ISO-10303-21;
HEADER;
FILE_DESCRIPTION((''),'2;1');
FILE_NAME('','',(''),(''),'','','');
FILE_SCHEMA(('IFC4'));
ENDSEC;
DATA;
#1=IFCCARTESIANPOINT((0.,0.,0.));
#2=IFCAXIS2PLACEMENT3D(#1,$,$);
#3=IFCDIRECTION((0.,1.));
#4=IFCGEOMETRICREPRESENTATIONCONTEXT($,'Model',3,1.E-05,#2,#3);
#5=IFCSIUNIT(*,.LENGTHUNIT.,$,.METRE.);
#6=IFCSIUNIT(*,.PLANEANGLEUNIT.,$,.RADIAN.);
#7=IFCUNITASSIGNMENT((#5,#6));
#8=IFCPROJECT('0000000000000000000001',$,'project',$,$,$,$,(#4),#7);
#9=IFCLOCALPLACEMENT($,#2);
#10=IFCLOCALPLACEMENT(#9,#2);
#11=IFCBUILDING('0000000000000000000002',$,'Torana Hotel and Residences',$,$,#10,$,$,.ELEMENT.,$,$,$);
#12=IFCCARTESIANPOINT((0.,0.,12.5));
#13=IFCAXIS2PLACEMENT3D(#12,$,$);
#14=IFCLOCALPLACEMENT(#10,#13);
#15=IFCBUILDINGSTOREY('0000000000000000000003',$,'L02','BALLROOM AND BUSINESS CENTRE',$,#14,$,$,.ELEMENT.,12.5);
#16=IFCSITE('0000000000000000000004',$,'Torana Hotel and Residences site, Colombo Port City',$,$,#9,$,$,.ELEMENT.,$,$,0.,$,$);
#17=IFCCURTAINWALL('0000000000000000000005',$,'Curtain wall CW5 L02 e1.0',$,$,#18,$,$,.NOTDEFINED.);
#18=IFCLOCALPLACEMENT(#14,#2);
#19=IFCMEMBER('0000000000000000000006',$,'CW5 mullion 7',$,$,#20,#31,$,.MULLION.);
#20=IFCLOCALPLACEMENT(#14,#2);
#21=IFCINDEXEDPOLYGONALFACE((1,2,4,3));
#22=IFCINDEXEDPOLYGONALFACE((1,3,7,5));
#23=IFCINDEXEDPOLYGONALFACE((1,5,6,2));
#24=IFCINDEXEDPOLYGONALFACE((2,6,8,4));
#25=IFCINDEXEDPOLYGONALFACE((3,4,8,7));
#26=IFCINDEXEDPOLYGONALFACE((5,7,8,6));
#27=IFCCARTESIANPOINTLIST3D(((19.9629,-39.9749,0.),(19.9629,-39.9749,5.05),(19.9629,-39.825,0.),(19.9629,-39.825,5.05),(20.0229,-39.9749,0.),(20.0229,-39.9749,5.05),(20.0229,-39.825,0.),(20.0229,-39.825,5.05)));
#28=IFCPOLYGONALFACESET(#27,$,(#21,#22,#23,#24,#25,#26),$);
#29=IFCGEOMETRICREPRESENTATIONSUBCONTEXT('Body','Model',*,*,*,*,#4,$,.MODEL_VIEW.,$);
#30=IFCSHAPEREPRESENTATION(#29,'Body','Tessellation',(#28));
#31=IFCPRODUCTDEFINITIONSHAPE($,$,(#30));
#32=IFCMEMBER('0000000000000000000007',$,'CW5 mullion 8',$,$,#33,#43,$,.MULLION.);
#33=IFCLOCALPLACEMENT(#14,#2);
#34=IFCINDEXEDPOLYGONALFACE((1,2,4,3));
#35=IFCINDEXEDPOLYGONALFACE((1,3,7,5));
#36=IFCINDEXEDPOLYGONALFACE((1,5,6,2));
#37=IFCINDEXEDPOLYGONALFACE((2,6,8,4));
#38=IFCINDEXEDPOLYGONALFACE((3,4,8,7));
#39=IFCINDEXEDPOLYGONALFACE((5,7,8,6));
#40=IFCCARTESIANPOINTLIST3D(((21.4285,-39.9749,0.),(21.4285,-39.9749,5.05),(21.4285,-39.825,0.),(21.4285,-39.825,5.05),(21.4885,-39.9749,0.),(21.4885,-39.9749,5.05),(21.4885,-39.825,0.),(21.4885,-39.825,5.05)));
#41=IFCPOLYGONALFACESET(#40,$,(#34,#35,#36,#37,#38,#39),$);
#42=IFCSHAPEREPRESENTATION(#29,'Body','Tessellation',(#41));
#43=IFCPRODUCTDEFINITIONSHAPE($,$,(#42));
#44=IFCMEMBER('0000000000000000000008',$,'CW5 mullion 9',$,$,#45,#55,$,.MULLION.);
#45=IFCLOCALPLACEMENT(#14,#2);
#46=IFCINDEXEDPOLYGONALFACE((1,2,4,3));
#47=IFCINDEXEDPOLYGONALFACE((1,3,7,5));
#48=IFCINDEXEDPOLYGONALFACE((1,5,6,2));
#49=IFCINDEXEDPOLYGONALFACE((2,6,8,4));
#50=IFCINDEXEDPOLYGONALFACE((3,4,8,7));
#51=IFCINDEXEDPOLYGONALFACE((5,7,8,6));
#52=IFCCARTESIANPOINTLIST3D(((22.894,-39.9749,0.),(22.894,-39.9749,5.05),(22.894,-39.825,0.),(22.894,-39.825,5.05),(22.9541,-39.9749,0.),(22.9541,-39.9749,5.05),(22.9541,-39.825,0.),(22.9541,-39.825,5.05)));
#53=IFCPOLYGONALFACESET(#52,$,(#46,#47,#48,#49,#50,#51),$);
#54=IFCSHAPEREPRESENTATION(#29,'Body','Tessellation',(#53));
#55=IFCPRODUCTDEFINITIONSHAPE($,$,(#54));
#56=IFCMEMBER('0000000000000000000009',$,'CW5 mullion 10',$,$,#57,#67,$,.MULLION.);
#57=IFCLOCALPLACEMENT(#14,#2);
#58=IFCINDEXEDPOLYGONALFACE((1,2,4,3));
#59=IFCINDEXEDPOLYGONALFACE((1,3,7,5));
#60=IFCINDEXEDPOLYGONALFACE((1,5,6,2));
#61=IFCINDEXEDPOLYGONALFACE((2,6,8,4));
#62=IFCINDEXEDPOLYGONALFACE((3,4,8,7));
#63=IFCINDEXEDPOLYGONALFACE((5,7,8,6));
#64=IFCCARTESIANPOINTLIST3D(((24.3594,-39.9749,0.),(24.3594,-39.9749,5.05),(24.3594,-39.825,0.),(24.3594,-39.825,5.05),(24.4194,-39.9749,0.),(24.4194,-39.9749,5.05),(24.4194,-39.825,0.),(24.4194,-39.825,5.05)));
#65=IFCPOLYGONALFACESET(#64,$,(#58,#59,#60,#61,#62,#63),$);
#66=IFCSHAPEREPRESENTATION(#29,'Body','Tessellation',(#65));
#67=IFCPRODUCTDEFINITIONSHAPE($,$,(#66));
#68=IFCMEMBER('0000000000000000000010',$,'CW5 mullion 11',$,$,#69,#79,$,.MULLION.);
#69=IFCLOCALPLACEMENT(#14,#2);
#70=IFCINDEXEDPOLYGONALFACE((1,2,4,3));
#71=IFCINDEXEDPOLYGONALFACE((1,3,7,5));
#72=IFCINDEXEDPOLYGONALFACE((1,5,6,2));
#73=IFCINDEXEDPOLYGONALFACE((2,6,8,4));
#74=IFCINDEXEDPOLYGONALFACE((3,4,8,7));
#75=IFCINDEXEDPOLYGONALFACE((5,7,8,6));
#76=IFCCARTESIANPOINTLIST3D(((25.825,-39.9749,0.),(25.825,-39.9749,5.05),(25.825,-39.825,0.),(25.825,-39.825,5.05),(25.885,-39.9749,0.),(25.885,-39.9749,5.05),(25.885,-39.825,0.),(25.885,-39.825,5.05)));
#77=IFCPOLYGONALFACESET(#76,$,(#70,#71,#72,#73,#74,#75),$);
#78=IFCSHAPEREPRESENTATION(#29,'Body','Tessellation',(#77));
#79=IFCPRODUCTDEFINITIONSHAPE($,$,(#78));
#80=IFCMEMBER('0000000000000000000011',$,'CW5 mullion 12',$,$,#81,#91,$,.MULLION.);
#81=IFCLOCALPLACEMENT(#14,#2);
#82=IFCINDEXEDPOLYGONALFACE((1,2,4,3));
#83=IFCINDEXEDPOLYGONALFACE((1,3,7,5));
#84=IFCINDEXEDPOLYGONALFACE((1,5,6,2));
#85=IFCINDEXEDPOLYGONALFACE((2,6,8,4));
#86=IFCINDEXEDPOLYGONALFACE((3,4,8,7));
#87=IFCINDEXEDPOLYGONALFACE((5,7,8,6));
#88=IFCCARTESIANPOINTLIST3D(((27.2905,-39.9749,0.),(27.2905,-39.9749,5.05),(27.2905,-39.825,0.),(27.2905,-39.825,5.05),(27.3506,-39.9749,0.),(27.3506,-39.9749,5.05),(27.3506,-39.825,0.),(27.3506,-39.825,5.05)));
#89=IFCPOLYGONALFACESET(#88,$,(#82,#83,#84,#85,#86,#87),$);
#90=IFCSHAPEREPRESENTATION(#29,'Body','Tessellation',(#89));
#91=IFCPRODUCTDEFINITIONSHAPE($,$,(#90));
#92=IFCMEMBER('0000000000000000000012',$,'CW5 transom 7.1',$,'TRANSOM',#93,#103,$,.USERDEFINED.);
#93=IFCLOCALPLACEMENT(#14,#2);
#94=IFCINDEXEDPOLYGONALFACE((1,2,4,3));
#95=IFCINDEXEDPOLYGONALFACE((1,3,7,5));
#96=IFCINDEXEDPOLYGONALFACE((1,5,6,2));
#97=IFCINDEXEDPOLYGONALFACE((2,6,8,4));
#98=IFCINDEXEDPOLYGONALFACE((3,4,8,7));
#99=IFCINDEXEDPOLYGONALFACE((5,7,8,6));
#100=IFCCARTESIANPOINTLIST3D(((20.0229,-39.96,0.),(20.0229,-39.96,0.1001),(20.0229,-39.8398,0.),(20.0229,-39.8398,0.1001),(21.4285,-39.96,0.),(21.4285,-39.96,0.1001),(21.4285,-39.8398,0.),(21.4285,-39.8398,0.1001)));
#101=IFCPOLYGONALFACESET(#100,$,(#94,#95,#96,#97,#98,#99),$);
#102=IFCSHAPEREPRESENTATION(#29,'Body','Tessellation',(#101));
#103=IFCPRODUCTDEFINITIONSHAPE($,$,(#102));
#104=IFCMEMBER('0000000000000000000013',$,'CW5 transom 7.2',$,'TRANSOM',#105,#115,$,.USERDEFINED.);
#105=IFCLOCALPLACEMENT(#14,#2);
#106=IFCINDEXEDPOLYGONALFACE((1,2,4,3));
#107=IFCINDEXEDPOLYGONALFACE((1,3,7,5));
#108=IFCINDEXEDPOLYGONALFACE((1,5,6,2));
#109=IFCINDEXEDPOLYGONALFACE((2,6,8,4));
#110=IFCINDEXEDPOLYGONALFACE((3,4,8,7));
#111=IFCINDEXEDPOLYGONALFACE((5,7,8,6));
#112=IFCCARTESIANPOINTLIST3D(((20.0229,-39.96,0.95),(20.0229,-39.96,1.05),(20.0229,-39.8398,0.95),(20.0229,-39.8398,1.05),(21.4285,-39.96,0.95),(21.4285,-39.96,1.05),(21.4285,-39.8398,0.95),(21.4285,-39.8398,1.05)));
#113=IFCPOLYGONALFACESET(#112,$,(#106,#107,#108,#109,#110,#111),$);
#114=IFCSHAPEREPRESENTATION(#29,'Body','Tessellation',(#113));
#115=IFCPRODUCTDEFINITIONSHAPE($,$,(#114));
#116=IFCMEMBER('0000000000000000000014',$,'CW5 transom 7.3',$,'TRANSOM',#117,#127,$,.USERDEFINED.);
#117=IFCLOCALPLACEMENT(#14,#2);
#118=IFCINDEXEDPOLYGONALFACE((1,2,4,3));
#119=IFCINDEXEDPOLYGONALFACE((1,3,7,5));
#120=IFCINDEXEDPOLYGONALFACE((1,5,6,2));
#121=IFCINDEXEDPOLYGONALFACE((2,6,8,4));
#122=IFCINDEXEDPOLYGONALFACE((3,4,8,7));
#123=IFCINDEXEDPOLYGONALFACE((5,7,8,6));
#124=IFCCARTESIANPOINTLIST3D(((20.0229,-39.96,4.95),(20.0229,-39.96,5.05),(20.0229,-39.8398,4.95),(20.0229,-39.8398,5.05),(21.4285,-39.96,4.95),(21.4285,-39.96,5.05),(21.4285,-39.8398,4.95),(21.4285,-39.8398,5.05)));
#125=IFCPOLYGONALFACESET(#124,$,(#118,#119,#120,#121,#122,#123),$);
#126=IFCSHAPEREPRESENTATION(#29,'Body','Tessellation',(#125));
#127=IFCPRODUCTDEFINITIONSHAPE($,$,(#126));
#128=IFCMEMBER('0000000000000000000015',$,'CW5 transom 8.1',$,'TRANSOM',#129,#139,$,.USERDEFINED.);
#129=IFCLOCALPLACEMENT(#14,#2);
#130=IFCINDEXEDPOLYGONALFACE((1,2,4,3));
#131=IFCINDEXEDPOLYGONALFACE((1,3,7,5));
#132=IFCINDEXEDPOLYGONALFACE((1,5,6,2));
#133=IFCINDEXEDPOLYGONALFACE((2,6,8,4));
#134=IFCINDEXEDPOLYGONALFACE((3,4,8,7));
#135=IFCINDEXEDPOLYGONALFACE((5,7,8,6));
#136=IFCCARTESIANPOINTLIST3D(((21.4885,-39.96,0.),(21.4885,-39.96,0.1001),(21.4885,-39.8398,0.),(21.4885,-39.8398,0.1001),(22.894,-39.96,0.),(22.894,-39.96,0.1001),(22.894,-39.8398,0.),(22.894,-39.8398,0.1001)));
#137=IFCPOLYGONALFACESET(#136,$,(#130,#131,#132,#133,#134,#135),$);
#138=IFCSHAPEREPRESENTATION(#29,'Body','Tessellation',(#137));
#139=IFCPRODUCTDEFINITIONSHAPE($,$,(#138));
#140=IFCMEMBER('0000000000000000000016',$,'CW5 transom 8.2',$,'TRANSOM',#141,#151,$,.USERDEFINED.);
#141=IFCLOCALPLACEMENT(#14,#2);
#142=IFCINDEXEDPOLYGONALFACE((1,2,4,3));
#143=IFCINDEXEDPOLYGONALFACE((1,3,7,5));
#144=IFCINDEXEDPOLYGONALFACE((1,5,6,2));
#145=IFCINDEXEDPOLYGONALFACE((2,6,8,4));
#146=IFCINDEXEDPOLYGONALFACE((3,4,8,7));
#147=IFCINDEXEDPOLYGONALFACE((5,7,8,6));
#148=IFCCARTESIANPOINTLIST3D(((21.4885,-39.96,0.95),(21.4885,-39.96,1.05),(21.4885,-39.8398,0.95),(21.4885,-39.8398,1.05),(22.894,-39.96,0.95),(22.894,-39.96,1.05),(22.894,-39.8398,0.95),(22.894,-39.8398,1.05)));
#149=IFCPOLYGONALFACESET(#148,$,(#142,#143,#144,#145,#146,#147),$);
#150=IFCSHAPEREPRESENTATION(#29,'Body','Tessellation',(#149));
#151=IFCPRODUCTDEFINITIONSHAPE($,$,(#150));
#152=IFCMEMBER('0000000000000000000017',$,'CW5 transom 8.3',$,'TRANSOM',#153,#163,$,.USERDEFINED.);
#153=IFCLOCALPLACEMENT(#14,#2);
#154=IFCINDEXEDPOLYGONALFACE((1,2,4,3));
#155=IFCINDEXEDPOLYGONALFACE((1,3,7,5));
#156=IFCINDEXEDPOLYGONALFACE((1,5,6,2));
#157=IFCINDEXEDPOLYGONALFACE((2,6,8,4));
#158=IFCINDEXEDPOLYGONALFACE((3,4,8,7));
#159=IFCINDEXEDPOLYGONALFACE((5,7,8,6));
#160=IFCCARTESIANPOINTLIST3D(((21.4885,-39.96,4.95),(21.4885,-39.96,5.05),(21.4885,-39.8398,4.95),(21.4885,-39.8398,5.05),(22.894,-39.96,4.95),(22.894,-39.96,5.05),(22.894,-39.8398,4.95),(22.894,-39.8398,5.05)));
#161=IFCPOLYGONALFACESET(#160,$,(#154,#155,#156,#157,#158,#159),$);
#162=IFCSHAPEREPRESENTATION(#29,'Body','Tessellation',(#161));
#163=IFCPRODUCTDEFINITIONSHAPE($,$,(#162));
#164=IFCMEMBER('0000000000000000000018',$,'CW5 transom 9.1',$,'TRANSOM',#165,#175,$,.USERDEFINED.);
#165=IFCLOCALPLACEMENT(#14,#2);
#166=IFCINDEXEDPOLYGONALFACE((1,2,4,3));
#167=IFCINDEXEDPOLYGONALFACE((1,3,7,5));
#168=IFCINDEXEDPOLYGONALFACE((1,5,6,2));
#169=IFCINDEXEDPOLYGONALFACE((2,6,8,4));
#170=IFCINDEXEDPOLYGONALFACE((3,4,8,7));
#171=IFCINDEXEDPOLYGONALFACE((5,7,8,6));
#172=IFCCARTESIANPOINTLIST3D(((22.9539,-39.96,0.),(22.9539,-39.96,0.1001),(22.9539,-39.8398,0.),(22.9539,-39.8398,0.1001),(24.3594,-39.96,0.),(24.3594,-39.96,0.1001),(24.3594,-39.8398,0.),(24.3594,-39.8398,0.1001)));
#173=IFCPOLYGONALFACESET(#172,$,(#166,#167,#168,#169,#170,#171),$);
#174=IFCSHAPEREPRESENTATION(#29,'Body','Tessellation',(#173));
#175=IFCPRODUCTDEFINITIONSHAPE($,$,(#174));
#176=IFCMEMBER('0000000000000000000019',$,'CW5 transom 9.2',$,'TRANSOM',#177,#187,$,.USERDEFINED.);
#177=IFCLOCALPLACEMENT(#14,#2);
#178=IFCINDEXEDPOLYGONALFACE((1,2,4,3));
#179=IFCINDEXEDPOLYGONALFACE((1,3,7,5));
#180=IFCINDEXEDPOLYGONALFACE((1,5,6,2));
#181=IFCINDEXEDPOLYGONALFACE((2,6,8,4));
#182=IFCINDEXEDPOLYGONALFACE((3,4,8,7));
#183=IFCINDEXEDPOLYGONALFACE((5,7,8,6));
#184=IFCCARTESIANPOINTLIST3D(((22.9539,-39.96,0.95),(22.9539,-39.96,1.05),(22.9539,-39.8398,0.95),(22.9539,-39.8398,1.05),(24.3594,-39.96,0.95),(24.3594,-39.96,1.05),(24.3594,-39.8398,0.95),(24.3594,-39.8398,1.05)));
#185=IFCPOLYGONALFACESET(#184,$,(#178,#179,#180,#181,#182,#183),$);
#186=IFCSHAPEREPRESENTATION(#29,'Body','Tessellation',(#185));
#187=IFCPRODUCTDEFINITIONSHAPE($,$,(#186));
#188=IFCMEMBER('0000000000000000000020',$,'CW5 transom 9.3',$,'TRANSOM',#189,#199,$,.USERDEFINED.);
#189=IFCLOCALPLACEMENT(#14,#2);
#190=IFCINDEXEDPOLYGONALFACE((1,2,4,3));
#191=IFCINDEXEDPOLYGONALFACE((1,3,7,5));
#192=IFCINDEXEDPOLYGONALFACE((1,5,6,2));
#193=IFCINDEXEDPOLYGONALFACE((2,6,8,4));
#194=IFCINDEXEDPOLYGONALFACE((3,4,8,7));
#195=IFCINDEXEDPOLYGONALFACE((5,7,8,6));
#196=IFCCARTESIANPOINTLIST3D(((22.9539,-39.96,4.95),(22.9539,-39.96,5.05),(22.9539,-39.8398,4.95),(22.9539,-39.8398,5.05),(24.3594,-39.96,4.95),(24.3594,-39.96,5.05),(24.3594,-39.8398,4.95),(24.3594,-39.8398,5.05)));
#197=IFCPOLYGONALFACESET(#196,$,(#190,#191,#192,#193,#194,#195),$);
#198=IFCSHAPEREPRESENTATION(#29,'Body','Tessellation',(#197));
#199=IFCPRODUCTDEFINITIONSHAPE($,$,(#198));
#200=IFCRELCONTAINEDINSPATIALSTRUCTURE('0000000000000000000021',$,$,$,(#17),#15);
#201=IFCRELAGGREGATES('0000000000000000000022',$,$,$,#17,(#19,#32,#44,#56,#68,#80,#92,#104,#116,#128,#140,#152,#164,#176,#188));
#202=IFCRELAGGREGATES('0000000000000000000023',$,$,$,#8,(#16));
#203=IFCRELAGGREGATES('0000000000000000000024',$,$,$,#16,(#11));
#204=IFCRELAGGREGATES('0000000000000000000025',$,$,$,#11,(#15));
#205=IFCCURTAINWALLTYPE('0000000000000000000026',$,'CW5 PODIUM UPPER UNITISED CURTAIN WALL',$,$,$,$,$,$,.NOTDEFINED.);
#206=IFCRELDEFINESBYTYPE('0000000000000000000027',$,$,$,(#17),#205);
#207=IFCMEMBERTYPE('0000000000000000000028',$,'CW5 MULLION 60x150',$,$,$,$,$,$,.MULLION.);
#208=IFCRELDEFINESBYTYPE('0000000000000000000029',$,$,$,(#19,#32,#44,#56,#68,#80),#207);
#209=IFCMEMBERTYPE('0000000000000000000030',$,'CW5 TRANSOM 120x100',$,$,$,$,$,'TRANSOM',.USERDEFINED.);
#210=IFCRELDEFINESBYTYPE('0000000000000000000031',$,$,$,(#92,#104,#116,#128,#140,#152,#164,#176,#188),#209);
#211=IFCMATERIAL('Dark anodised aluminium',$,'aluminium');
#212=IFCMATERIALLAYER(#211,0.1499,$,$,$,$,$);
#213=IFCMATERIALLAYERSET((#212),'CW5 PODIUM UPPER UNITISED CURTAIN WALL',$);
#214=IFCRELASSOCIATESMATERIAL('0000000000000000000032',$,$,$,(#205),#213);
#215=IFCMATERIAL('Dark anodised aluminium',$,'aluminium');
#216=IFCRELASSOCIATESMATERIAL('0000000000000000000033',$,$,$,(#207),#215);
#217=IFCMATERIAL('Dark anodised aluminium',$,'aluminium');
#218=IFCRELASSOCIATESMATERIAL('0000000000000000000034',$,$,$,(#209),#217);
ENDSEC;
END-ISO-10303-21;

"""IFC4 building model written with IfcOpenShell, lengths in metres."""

from ifc_helpers import new_model, si_unit, direction, frame, origin, origin_2d, place, context, subcontext, project, spatial, rectangle, extrude, material, layer, layer_set, material_profile, profile_set, type_object, element, aggregate, save


model = new_model("IFC4")

# Units and contexts
model_context = context("Model", 3, precision=1e-05, world=origin(), true_north=direction((0.0, 1.0)))
body_context = subcontext(model_context, "Body", "Model", "MODEL_VIEW")
ifc_project = project(units=[si_unit("LENGTHUNIT", "METRE"), si_unit("PLANEANGLEUNIT", "RADIAN")], contexts=[model_context])

# Site, building, storey
site_placement = place(None, origin())
site = spatial("IfcSite", under=ifc_project, at=site_placement, Name="Torana Hotel and Residences site, Colombo Port City", CompositionType="ELEMENT", RefElevation=0.0)
building_placement = place(site_placement, origin())
building = spatial("IfcBuilding", under=site, at=building_placement, Name="Torana Hotel and Residences", CompositionType="ELEMENT")
storey_placement = place(building_placement, frame((0.0, 0.0, 12.5)))
storey = spatial("IfcBuildingStorey", under=building, at=storey_placement, Name="L02", Description="BALLROOM AND BUSINESS CENTRE", CompositionType="ELEMENT", Elevation=12.5)

# Curtain wall, members
ifc_material_1 = material(Name="Dark anodised aluminium", Category="aluminium")
ifc_layer_1 = layer(ifc_material_1, 0.1499)
ifc_layer_set_1 = layer_set([ifc_layer_1], Name="CW5 PODIUM UPPER UNITISED CURTAIN WALL")
curtain_wall_type = type_object("IfcCurtainWallType", Name="CW5 PODIUM UPPER UNITISED CURTAIN WALL", PredefinedType="NOTDEFINED", material=ifc_layer_set_1)
curtain_wall_placement = place(storey_placement, origin())
curtain_wall = element("IfcCurtainWall", 1, at=curtain_wall_placement, inside=storey, type_object=curtain_wall_type, Name="Curtain wall CW5 L02 e1.0", PredefinedType="NOTDEFINED")
ifc_material_2 = material(Name="Dark anodised aluminium", Category="aluminium")
ifc_material_profile_1 = material_profile(ifc_material_2, rectangle(XDim=0.1499, YDim=0.0601, at=origin_2d()), Name="CW5 MULLION 60x150")
ifc_profile_set_1 = profile_set([ifc_material_profile_1], Name="Dark anodised aluminium")
member_type_1 = type_object("IfcMemberType", Name="CW5 MULLION 60x150", PredefinedType="MULLION", material=ifc_profile_set_1)
member_1_placement = place(storey_placement, frame((19.9929, -39.8999, 0.0), z_axis=(0.0, 0.0, 1.0), x_axis=(0.0, 1.0, 0.0)))
member_1 = element("IfcMember", 2, at=member_1_placement, type_object=member_type_1, Name="CW5 mullion 7", PredefinedType="MULLION", context=body_context, shape_type="SweptSolid", body=[
    extrude(rectangle(XDim=0.1499, YDim=0.0601, at=origin_2d()), origin(), (0.0, 0.0, 1.0), 5.05),
])
member_2_placement = place(storey_placement, frame((21.4585, -39.8999, 0.0), z_axis=(0.0, 0.0, 1.0), x_axis=(0.0, 1.0, 0.0)))
member_2 = element("IfcMember", 3, at=member_2_placement, type_object=member_type_1, Name="CW5 mullion 8", PredefinedType="MULLION", context=body_context, shape_type="SweptSolid", body=[
    extrude(rectangle(XDim=0.1499, YDim=0.0601, at=origin_2d()), origin(), (0.0, 0.0, 1.0), 5.05),
])
member_3_placement = place(storey_placement, frame((22.9241, -39.8999, 0.0), z_axis=(0.0, 0.0, 1.0), x_axis=(0.0, 1.0, 0.0)))
member_3 = element("IfcMember", 4, at=member_3_placement, type_object=member_type_1, Name="CW5 mullion 9", PredefinedType="MULLION", context=body_context, shape_type="SweptSolid", body=[
    extrude(rectangle(XDim=0.1499, YDim=0.0601, at=origin_2d()), origin(), (0.0, 0.0, 1.0), 5.05),
])
member_4_placement = place(storey_placement, frame((24.3894, -39.8999, 0.0), z_axis=(0.0, 0.0, 1.0), x_axis=(0.0, 1.0, 0.0)))
member_4 = element("IfcMember", 5, at=member_4_placement, type_object=member_type_1, Name="CW5 mullion 10", PredefinedType="MULLION", context=body_context, shape_type="SweptSolid", body=[
    extrude(rectangle(XDim=0.1499, YDim=0.0601, at=origin_2d()), origin(), (0.0, 0.0, 1.0), 5.05),
])
member_5_placement = place(storey_placement, frame((25.855, -39.8999, 0.0), z_axis=(0.0, 0.0, 1.0), x_axis=(0.0, 1.0, 0.0)))
member_5 = element("IfcMember", 6, at=member_5_placement, type_object=member_type_1, Name="CW5 mullion 11", PredefinedType="MULLION", context=body_context, shape_type="SweptSolid", body=[
    extrude(rectangle(XDim=0.1499, YDim=0.0601, at=origin_2d()), origin(), (0.0, 0.0, 1.0), 5.05),
])
member_6_placement = place(storey_placement, frame((27.3206, -39.8999, 0.0), z_axis=(0.0, 0.0, 1.0), x_axis=(0.0, 1.0, 0.0)))
member_6 = element("IfcMember", 7, at=member_6_placement, type_object=member_type_1, Name="CW5 mullion 12", PredefinedType="MULLION", context=body_context, shape_type="SweptSolid", body=[
    extrude(rectangle(XDim=0.1499, YDim=0.0601, at=origin_2d()), origin(), (0.0, 0.0, 1.0), 5.05),
])
ifc_material_3 = material(Name="Dark anodised aluminium", Category="aluminium")
ifc_material_profile_2 = material_profile(ifc_material_3, rectangle(XDim=0.1201, YDim=0.1001, at=origin_2d()), Name="CW5 TRANSOM 120x100")
ifc_profile_set_2 = profile_set([ifc_material_profile_2], Name="Dark anodised aluminium")
member_type_2 = type_object("IfcMemberType", Name="CW5 TRANSOM 120x100", ElementType="TRANSOM", PredefinedType="USERDEFINED", material=ifc_profile_set_2)
member_7_placement = place(storey_placement, frame((20.0229, -39.8999, 0.05), z_axis=(1.0, 0.0, 0.0), x_axis=(0.0, 1.0, 0.0)))
member_7 = element("IfcMember", 8, at=member_7_placement, type_object=member_type_2, Name="CW5 transom 7.1", ObjectType="TRANSOM", PredefinedType="USERDEFINED", context=body_context, shape_type="SweptSolid", body=[
    extrude(rectangle(XDim=0.1201, YDim=0.1001, at=origin_2d()), origin(), (0.0, 0.0, 1.0), 1.4055),
])
member_8_placement = place(storey_placement, frame((20.0229, -39.8999, 1.0), z_axis=(1.0, 0.0, 0.0), x_axis=(0.0, 1.0, 0.0)))
member_8 = element("IfcMember", 9, at=member_8_placement, type_object=member_type_2, Name="CW5 transom 7.2", ObjectType="TRANSOM", PredefinedType="USERDEFINED", context=body_context, shape_type="SweptSolid", body=[
    extrude(rectangle(XDim=0.1201, YDim=0.1001, at=origin_2d()), origin(), (0.0, 0.0, 1.0), 1.4055),
])
member_9_placement = place(storey_placement, frame((20.0229, -39.8999, 5.0), z_axis=(1.0, 0.0, 0.0), x_axis=(0.0, 1.0, 0.0)))
member_9 = element("IfcMember", 10, at=member_9_placement, type_object=member_type_2, Name="CW5 transom 7.3", ObjectType="TRANSOM", PredefinedType="USERDEFINED", context=body_context, shape_type="SweptSolid", body=[
    extrude(rectangle(XDim=0.1201, YDim=0.1001, at=origin_2d()), origin(), (0.0, 0.0, 1.0), 1.4055),
])
member_10_placement = place(storey_placement, frame((21.4885, -39.8999, 0.05), z_axis=(1.0, 0.0, 0.0), x_axis=(0.0, 1.0, 0.0)))
member_10 = element("IfcMember", 11, at=member_10_placement, type_object=member_type_2, Name="CW5 transom 8.1", ObjectType="TRANSOM", PredefinedType="USERDEFINED", context=body_context, shape_type="SweptSolid", body=[
    extrude(rectangle(XDim=0.1201, YDim=0.1001, at=origin_2d()), origin(), (0.0, 0.0, 1.0), 1.4055),
])
member_11_placement = place(storey_placement, frame((21.4885, -39.8999, 1.0), z_axis=(1.0, 0.0, 0.0), x_axis=(0.0, 1.0, 0.0)))
member_11 = element("IfcMember", 12, at=member_11_placement, type_object=member_type_2, Name="CW5 transom 8.2", ObjectType="TRANSOM", PredefinedType="USERDEFINED", context=body_context, shape_type="SweptSolid", body=[
    extrude(rectangle(XDim=0.1201, YDim=0.1001, at=origin_2d()), origin(), (0.0, 0.0, 1.0), 1.4055),
])
member_12_placement = place(storey_placement, frame((21.4885, -39.8999, 5.0), z_axis=(1.0, 0.0, 0.0), x_axis=(0.0, 1.0, 0.0)))
member_12 = element("IfcMember", 13, at=member_12_placement, type_object=member_type_2, Name="CW5 transom 8.3", ObjectType="TRANSOM", PredefinedType="USERDEFINED", context=body_context, shape_type="SweptSolid", body=[
    extrude(rectangle(XDim=0.1201, YDim=0.1001, at=origin_2d()), origin(), (0.0, 0.0, 1.0), 1.4055),
])
member_13_placement = place(storey_placement, frame((22.9539, -39.8999, 0.05), z_axis=(1.0, 0.0, 0.0), x_axis=(0.0, 1.0, 0.0)))
member_13 = element("IfcMember", 14, at=member_13_placement, type_object=member_type_2, Name="CW5 transom 9.1", ObjectType="TRANSOM", PredefinedType="USERDEFINED", context=body_context, shape_type="SweptSolid", body=[
    extrude(rectangle(XDim=0.1201, YDim=0.1001, at=origin_2d()), origin(), (0.0, 0.0, 1.0), 1.4055),
])
member_14_placement = place(storey_placement, frame((22.9539, -39.8999, 1.0), z_axis=(1.0, 0.0, 0.0), x_axis=(0.0, 1.0, 0.0)))
member_14 = element("IfcMember", 15, at=member_14_placement, type_object=member_type_2, Name="CW5 transom 9.2", ObjectType="TRANSOM", PredefinedType="USERDEFINED", context=body_context, shape_type="SweptSolid", body=[
    extrude(rectangle(XDim=0.1201, YDim=0.1001, at=origin_2d()), origin(), (0.0, 0.0, 1.0), 1.4055),
])
member_15_placement = place(storey_placement, frame((22.9539, -39.8999, 5.0), z_axis=(1.0, 0.0, 0.0), x_axis=(0.0, 1.0, 0.0)))
member_15 = element("IfcMember", 16, at=member_15_placement, type_object=member_type_2, Name="CW5 transom 9.3", ObjectType="TRANSOM", PredefinedType="USERDEFINED", context=body_context, shape_type="SweptSolid", body=[
    extrude(rectangle(XDim=0.1201, YDim=0.1001, at=origin_2d()), origin(), (0.0, 0.0, 1.0), 1.4055),
])
aggregate(curtain_wall, [member_1, member_2, member_3, member_4, member_5, member_6, member_7, member_8, member_9, member_10, member_11, member_12, member_13, member_14, member_15])

save(model, "model.ifc")
